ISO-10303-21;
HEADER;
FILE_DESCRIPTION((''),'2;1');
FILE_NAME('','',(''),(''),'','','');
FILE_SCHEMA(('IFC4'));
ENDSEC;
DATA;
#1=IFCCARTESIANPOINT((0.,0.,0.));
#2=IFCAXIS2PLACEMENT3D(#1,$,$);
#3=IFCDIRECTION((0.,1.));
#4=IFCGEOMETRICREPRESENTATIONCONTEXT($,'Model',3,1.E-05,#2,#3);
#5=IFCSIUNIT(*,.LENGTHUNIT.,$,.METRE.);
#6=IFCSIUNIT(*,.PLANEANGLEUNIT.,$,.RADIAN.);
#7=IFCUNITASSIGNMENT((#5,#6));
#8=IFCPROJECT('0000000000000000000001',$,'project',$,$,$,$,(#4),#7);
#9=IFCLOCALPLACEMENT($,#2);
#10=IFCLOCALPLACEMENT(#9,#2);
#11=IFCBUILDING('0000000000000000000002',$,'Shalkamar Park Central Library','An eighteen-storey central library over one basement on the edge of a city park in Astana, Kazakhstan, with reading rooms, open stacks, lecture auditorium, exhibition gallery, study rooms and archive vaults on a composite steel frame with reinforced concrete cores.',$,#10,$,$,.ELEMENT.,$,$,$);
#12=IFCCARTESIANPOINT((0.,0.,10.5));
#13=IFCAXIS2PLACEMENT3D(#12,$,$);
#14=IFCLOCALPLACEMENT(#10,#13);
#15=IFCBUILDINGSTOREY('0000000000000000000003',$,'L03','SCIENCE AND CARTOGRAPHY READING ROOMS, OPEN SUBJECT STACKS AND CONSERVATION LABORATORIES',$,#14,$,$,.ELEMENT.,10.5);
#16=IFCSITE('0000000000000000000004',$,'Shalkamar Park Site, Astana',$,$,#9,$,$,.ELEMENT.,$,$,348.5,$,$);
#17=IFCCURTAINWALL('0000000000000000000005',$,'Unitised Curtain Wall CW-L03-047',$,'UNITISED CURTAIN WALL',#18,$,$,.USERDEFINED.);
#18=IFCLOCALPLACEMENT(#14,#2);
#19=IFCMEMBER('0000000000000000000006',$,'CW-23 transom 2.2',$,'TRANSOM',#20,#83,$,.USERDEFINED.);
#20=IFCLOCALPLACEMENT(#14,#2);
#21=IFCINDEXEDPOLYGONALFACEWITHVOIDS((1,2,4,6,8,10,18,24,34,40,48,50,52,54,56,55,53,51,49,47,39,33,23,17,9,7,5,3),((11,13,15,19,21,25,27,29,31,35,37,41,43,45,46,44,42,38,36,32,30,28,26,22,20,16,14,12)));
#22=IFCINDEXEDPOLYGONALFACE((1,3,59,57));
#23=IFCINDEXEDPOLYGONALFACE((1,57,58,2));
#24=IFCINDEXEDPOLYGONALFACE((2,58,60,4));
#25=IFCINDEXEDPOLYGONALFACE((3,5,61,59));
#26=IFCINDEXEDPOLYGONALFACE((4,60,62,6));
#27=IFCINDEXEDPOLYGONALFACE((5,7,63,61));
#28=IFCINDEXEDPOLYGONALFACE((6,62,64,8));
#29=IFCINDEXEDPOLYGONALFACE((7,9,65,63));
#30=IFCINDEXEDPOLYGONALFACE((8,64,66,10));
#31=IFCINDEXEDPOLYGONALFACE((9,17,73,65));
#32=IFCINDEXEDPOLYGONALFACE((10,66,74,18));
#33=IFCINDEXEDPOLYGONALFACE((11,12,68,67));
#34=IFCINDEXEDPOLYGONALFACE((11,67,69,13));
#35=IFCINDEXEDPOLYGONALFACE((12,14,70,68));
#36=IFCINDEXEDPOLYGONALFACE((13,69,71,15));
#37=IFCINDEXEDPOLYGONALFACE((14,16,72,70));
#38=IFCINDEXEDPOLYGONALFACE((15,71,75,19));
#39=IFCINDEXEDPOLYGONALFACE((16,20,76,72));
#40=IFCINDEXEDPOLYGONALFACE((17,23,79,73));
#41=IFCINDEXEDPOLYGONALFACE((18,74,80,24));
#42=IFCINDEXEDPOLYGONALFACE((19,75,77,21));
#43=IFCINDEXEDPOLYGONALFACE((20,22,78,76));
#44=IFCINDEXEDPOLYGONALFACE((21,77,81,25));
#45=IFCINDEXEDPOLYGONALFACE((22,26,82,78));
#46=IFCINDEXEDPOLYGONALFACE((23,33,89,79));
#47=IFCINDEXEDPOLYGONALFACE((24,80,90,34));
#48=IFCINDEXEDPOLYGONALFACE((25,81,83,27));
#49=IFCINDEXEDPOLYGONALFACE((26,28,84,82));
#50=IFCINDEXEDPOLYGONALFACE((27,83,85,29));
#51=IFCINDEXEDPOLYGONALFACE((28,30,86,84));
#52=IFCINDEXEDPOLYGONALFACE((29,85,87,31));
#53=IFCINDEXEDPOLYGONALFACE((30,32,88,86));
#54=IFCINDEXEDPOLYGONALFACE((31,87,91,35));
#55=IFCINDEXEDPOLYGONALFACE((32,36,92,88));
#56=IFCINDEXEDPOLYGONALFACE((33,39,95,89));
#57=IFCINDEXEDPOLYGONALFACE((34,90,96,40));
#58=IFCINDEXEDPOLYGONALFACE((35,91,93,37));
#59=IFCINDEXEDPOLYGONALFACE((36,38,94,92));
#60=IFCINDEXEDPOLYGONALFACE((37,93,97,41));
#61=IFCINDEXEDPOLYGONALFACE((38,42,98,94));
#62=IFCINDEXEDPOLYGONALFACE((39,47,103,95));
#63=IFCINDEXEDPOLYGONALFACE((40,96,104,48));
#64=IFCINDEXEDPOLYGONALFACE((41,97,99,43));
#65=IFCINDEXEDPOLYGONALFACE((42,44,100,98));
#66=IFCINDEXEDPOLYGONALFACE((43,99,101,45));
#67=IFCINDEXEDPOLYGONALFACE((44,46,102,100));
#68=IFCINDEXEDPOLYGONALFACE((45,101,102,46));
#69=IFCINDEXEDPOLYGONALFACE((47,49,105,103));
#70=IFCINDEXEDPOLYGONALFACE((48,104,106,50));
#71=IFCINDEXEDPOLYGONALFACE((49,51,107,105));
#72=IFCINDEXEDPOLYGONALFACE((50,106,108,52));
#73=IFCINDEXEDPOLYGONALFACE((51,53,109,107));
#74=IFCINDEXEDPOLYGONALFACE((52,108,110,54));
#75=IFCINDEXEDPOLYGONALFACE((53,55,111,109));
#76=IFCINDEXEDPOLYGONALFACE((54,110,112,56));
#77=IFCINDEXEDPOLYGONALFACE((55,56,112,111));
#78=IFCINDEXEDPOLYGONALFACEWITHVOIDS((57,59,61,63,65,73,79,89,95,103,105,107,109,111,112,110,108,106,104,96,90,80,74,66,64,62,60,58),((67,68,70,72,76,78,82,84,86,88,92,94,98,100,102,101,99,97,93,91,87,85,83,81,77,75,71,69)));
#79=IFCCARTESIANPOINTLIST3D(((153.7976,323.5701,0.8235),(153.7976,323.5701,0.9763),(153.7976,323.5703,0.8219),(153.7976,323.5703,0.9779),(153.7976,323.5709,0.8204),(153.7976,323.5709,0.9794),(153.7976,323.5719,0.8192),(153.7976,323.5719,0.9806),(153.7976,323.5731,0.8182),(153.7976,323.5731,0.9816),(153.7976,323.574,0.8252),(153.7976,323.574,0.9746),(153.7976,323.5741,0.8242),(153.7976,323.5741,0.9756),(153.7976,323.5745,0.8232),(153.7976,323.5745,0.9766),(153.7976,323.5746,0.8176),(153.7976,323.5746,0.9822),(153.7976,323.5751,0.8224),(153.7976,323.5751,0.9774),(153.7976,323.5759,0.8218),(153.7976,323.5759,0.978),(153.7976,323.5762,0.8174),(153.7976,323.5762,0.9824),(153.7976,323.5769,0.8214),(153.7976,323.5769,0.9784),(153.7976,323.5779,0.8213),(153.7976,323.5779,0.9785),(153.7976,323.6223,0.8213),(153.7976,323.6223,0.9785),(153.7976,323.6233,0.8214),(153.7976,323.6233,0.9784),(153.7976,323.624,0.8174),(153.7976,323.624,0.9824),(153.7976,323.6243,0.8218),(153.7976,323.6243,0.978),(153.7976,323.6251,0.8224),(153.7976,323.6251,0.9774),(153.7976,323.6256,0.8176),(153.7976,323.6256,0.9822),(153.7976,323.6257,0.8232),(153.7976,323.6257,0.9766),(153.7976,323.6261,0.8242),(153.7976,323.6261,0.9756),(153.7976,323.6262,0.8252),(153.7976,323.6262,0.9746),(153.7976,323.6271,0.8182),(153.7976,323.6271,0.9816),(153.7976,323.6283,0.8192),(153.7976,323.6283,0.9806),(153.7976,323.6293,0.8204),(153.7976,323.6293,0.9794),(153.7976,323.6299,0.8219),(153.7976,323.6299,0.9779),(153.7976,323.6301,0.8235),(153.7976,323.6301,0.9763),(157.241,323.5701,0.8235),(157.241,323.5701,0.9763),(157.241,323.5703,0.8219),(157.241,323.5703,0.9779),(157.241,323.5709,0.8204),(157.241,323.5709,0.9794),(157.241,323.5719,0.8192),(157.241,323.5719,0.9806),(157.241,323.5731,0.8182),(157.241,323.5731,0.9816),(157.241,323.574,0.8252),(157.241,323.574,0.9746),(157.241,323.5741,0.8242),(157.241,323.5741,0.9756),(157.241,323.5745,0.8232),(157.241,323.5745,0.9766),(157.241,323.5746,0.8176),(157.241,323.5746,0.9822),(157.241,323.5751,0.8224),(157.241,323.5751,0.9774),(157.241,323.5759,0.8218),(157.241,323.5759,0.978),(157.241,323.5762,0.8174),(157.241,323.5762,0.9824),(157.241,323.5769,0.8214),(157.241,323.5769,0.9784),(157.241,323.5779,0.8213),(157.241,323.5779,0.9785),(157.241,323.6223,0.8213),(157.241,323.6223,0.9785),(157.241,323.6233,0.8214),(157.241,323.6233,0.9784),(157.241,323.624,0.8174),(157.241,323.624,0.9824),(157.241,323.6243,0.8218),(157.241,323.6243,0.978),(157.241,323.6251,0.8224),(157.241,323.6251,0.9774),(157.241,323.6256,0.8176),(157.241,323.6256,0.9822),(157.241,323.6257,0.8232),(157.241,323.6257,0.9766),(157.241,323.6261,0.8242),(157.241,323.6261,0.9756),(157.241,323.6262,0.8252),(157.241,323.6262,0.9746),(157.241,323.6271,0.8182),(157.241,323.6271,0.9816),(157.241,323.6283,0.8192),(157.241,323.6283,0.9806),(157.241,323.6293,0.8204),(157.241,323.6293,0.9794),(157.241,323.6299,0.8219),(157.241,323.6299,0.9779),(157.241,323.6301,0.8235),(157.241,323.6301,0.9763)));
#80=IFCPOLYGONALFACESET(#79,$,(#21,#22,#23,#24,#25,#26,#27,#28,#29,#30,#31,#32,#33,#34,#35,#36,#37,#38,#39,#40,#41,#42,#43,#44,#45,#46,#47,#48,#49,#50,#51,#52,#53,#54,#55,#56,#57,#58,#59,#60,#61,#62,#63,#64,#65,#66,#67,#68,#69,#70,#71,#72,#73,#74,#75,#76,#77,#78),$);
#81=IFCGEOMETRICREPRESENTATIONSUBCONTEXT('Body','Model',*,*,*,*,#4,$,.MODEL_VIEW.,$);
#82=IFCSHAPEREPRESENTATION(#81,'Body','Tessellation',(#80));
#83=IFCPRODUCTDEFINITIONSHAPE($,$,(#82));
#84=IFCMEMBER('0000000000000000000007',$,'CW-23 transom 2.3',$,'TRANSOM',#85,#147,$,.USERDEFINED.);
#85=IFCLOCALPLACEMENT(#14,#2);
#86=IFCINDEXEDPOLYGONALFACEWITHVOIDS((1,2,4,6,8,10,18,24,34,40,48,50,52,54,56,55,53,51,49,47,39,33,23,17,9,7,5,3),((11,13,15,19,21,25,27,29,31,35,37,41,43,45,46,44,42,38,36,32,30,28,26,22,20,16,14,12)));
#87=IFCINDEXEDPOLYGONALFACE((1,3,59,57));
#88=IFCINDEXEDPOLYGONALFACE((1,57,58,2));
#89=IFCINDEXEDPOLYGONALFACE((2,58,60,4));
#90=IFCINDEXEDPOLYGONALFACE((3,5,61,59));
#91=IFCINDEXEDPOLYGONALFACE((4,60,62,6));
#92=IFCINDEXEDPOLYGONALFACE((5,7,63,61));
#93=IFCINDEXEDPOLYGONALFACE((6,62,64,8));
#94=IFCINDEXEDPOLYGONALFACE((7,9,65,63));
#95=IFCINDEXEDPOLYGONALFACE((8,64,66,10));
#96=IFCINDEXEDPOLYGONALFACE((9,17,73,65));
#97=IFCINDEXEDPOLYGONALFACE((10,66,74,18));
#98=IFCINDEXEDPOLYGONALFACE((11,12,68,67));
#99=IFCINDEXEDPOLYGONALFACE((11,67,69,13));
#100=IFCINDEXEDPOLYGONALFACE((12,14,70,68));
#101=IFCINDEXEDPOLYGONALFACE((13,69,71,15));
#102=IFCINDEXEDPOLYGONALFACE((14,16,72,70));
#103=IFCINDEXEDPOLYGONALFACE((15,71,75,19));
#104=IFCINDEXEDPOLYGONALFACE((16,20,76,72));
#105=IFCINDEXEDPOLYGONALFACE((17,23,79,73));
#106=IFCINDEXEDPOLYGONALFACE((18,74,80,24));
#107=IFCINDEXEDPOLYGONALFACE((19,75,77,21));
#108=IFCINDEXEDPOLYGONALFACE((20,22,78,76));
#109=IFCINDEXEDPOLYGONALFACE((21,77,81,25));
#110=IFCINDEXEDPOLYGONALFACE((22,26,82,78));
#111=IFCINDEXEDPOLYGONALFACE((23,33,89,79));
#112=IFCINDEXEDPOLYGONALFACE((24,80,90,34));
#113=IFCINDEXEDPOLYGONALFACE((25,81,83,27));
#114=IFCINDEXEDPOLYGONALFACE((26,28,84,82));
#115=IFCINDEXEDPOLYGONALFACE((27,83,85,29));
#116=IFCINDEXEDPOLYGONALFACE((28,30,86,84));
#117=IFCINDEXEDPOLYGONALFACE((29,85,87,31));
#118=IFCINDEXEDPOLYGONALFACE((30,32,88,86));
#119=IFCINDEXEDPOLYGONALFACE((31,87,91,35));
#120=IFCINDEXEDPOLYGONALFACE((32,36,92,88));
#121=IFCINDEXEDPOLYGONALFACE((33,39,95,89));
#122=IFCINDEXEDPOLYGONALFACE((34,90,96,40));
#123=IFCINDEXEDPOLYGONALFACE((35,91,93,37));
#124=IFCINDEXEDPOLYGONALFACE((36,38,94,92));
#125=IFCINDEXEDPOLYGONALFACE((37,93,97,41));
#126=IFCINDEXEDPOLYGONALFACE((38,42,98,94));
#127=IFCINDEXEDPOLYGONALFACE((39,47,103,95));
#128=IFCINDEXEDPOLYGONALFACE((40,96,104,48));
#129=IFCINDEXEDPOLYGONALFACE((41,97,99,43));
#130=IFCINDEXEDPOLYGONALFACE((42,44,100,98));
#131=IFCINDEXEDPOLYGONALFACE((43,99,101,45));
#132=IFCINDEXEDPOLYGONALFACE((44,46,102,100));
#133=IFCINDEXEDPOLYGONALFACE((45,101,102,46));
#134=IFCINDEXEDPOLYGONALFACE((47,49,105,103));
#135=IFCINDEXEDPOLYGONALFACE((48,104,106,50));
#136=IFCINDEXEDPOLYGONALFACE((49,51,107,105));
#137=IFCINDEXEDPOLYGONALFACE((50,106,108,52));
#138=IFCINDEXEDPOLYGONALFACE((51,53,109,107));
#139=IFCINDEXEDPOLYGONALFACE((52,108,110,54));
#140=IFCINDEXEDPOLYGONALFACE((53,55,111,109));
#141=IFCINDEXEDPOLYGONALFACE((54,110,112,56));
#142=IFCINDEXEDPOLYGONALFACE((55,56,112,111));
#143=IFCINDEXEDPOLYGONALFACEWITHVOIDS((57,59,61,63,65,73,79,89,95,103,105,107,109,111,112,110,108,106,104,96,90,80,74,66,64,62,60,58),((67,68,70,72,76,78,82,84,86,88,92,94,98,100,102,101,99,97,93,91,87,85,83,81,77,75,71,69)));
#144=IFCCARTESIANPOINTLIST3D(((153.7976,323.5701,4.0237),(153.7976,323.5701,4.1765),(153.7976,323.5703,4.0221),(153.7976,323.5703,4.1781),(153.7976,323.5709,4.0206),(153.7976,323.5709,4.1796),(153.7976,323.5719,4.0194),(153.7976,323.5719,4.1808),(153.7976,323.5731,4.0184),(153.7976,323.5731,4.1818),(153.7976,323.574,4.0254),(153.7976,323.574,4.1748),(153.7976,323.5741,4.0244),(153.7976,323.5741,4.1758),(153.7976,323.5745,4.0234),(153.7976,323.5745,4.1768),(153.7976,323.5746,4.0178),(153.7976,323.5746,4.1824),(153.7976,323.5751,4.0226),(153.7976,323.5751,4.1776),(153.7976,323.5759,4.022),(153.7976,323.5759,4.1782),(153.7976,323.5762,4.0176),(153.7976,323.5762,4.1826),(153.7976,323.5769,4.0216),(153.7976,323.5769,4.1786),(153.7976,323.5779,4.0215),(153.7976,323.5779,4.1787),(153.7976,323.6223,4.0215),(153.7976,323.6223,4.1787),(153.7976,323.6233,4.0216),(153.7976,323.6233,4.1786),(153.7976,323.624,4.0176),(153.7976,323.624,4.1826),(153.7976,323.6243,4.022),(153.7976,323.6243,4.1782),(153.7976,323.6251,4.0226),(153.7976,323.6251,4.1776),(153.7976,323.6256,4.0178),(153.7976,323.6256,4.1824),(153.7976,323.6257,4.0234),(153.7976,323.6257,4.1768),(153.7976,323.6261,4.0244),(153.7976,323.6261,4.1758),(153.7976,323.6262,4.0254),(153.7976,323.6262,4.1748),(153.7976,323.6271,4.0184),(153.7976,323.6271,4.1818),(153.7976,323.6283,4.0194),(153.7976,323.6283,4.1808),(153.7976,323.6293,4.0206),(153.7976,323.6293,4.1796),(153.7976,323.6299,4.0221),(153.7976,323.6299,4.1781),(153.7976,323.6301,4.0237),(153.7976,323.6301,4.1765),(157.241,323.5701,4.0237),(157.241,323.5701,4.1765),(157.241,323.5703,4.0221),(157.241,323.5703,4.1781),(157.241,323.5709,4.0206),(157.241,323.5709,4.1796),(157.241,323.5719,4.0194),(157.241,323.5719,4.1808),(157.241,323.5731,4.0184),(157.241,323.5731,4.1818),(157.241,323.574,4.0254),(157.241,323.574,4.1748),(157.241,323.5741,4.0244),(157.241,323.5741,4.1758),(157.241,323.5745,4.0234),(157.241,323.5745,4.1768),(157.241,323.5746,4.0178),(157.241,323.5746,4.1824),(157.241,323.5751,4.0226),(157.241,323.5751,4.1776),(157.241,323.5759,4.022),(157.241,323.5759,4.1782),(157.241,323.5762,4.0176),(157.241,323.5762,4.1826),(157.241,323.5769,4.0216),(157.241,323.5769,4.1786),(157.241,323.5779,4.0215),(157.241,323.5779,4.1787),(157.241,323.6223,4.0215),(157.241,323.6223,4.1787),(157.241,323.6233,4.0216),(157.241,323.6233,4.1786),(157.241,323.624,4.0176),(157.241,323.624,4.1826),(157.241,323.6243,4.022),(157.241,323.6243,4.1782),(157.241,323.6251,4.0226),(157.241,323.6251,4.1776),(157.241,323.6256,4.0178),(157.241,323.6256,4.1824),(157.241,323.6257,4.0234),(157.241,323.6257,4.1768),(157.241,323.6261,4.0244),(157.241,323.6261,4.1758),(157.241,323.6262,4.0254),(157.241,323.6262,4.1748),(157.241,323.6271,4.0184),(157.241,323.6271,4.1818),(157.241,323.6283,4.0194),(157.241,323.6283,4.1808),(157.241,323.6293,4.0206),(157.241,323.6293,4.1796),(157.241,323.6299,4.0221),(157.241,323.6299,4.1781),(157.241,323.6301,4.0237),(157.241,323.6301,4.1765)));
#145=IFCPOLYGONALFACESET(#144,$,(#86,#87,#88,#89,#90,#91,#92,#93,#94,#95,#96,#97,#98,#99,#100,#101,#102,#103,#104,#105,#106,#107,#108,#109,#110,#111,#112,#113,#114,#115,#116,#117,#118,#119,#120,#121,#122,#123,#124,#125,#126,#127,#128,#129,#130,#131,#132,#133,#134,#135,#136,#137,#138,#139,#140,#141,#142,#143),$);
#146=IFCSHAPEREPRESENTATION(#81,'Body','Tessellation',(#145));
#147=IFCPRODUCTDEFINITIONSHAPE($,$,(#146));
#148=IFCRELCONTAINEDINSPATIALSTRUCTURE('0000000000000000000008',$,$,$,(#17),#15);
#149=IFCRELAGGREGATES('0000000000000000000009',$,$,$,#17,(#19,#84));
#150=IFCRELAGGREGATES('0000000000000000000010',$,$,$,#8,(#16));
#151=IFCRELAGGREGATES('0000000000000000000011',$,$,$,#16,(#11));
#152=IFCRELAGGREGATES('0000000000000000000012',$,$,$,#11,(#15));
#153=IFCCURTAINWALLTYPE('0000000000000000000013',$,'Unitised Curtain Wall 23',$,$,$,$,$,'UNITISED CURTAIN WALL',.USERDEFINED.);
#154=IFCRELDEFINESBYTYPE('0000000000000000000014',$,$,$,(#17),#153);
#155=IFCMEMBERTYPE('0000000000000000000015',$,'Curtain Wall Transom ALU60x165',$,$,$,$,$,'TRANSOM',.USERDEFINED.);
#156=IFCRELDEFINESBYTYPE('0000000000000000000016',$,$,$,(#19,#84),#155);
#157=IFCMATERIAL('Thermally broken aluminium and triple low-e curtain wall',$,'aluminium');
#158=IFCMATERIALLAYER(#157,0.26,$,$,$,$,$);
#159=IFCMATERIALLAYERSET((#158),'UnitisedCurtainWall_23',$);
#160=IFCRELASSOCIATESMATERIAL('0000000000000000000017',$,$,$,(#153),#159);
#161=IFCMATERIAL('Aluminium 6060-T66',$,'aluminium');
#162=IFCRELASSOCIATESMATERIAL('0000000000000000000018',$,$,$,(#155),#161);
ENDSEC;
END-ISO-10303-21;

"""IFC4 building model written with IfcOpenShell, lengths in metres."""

from ifc_helpers import new_model, si_unit, direction, frame, origin, origin_2d, place, context, subcontext, project, spatial, hollow_rectangle, extrude, material, layer, layer_set, material_profile, profile_set, type_object, element, aggregate, save


model = new_model("IFC4")

# Units and contexts
model_context = context("Model", 3, precision=1e-05, world=origin(), true_north=direction((0.0, 1.0)))
body_context = subcontext(model_context, "Body", "Model", "MODEL_VIEW")
ifc_project = project(units=[si_unit("LENGTHUNIT", "METRE"), si_unit("PLANEANGLEUNIT", "RADIAN")], contexts=[model_context])

# Site, building, storey
site_placement = place(None, origin())
site = spatial("IfcSite", under=ifc_project, at=site_placement, Name="Shalkamar Park Site, Astana", CompositionType="ELEMENT", RefElevation=348.5)
building_placement = place(site_placement, origin())
building = spatial("IfcBuilding", under=site, at=building_placement, Name="Shalkamar Park Central Library", Description="An eighteen-storey central library over one basement on the edge of a city park in Astana, Kazakhstan, with reading rooms, open stacks, lecture auditorium, exhibition gallery, study rooms and archive vaults on a composite steel frame with reinforced concrete cores.", CompositionType="ELEMENT")
storey_placement = place(building_placement, frame((0.0, 0.0, 10.5)))
storey = spatial("IfcBuildingStorey", under=building, at=storey_placement, Name="L03", Description="SCIENCE AND CARTOGRAPHY READING ROOMS, OPEN SUBJECT STACKS AND CONSERVATION LABORATORIES", CompositionType="ELEMENT", Elevation=10.5)

# Curtain wall
ifc_material_1 = material(Name="Thermally broken aluminium and triple low-e curtain wall", Category="aluminium")
ifc_layer_1 = layer(ifc_material_1, 0.26)
ifc_layer_set_1 = layer_set([ifc_layer_1], Name="UnitisedCurtainWall_23")
curtain_wall_type_1 = type_object("IfcCurtainWallType", Name="Unitised Curtain Wall 23", ElementType="UNITISED CURTAIN WALL", PredefinedType="USERDEFINED", material=ifc_layer_set_1)
curtain_wall_1_placement = place(storey_placement, origin())
curtain_wall_1 = element("IfcCurtainWall", 1, at=curtain_wall_1_placement, inside=storey, type_object=curtain_wall_type_1, Name="Unitised Curtain Wall CW-L03-047", ObjectType="UNITISED CURTAIN WALL", PredefinedType="USERDEFINED")
ifc_material_2 = material(Name="Aluminium 6060-T66", Category="aluminium")

# Members
ifc_material_profile_1 = material_profile(ifc_material_2, hollow_rectangle(XDim=0.0601, YDim=0.165, WallThickness=0.0039, InnerFilletRadius=0.0039, OuterFilletRadius=0.0061, at=origin_2d()), Name="ALU 60x165x4")
ifc_profile_set_1 = profile_set([ifc_material_profile_1], Name="Aluminium 6060-T66")
member_type_1 = type_object("IfcMemberType", Name="Curtain Wall Transom ALU60x165", ElementType="TRANSOM", PredefinedType="USERDEFINED", material=ifc_profile_set_1)
member_1_placement = place(storey_placement, frame((153.7976, 323.6001, 0.8999), z_axis=(1.0, 0.0, 0.0), x_axis=(0.0, 1.0, 0.0)))
member_1 = element("IfcMember", 2, at=member_1_placement, type_object=member_type_1, Name="CW-23 transom 2.2", ObjectType="TRANSOM", PredefinedType="USERDEFINED", context=body_context, shape_type="SweptSolid", body=[
    extrude(hollow_rectangle(XDim=0.0601, YDim=0.165, WallThickness=0.0039, InnerFilletRadius=0.0039, OuterFilletRadius=0.0061, at=origin_2d()), origin(), (0.0, 0.0, 1.0), 3.4434),
])
member_2_placement = place(storey_placement, frame((153.7976, 323.6001, 4.1001), z_axis=(1.0, 0.0, 0.0), x_axis=(0.0, 1.0, 0.0)))
member_2 = element("IfcMember", 3, at=member_2_placement, type_object=member_type_1, Name="CW-23 transom 2.3", ObjectType="TRANSOM", PredefinedType="USERDEFINED", context=body_context, shape_type="SweptSolid", body=[
    extrude(hollow_rectangle(XDim=0.0601, YDim=0.165, WallThickness=0.0039, InnerFilletRadius=0.0039, OuterFilletRadius=0.0061, at=origin_2d()), origin(), (0.0, 0.0, 1.0), 3.4434),
])

aggregate(curtain_wall_1, [member_1, member_2])

save(model, "model.ifc")
